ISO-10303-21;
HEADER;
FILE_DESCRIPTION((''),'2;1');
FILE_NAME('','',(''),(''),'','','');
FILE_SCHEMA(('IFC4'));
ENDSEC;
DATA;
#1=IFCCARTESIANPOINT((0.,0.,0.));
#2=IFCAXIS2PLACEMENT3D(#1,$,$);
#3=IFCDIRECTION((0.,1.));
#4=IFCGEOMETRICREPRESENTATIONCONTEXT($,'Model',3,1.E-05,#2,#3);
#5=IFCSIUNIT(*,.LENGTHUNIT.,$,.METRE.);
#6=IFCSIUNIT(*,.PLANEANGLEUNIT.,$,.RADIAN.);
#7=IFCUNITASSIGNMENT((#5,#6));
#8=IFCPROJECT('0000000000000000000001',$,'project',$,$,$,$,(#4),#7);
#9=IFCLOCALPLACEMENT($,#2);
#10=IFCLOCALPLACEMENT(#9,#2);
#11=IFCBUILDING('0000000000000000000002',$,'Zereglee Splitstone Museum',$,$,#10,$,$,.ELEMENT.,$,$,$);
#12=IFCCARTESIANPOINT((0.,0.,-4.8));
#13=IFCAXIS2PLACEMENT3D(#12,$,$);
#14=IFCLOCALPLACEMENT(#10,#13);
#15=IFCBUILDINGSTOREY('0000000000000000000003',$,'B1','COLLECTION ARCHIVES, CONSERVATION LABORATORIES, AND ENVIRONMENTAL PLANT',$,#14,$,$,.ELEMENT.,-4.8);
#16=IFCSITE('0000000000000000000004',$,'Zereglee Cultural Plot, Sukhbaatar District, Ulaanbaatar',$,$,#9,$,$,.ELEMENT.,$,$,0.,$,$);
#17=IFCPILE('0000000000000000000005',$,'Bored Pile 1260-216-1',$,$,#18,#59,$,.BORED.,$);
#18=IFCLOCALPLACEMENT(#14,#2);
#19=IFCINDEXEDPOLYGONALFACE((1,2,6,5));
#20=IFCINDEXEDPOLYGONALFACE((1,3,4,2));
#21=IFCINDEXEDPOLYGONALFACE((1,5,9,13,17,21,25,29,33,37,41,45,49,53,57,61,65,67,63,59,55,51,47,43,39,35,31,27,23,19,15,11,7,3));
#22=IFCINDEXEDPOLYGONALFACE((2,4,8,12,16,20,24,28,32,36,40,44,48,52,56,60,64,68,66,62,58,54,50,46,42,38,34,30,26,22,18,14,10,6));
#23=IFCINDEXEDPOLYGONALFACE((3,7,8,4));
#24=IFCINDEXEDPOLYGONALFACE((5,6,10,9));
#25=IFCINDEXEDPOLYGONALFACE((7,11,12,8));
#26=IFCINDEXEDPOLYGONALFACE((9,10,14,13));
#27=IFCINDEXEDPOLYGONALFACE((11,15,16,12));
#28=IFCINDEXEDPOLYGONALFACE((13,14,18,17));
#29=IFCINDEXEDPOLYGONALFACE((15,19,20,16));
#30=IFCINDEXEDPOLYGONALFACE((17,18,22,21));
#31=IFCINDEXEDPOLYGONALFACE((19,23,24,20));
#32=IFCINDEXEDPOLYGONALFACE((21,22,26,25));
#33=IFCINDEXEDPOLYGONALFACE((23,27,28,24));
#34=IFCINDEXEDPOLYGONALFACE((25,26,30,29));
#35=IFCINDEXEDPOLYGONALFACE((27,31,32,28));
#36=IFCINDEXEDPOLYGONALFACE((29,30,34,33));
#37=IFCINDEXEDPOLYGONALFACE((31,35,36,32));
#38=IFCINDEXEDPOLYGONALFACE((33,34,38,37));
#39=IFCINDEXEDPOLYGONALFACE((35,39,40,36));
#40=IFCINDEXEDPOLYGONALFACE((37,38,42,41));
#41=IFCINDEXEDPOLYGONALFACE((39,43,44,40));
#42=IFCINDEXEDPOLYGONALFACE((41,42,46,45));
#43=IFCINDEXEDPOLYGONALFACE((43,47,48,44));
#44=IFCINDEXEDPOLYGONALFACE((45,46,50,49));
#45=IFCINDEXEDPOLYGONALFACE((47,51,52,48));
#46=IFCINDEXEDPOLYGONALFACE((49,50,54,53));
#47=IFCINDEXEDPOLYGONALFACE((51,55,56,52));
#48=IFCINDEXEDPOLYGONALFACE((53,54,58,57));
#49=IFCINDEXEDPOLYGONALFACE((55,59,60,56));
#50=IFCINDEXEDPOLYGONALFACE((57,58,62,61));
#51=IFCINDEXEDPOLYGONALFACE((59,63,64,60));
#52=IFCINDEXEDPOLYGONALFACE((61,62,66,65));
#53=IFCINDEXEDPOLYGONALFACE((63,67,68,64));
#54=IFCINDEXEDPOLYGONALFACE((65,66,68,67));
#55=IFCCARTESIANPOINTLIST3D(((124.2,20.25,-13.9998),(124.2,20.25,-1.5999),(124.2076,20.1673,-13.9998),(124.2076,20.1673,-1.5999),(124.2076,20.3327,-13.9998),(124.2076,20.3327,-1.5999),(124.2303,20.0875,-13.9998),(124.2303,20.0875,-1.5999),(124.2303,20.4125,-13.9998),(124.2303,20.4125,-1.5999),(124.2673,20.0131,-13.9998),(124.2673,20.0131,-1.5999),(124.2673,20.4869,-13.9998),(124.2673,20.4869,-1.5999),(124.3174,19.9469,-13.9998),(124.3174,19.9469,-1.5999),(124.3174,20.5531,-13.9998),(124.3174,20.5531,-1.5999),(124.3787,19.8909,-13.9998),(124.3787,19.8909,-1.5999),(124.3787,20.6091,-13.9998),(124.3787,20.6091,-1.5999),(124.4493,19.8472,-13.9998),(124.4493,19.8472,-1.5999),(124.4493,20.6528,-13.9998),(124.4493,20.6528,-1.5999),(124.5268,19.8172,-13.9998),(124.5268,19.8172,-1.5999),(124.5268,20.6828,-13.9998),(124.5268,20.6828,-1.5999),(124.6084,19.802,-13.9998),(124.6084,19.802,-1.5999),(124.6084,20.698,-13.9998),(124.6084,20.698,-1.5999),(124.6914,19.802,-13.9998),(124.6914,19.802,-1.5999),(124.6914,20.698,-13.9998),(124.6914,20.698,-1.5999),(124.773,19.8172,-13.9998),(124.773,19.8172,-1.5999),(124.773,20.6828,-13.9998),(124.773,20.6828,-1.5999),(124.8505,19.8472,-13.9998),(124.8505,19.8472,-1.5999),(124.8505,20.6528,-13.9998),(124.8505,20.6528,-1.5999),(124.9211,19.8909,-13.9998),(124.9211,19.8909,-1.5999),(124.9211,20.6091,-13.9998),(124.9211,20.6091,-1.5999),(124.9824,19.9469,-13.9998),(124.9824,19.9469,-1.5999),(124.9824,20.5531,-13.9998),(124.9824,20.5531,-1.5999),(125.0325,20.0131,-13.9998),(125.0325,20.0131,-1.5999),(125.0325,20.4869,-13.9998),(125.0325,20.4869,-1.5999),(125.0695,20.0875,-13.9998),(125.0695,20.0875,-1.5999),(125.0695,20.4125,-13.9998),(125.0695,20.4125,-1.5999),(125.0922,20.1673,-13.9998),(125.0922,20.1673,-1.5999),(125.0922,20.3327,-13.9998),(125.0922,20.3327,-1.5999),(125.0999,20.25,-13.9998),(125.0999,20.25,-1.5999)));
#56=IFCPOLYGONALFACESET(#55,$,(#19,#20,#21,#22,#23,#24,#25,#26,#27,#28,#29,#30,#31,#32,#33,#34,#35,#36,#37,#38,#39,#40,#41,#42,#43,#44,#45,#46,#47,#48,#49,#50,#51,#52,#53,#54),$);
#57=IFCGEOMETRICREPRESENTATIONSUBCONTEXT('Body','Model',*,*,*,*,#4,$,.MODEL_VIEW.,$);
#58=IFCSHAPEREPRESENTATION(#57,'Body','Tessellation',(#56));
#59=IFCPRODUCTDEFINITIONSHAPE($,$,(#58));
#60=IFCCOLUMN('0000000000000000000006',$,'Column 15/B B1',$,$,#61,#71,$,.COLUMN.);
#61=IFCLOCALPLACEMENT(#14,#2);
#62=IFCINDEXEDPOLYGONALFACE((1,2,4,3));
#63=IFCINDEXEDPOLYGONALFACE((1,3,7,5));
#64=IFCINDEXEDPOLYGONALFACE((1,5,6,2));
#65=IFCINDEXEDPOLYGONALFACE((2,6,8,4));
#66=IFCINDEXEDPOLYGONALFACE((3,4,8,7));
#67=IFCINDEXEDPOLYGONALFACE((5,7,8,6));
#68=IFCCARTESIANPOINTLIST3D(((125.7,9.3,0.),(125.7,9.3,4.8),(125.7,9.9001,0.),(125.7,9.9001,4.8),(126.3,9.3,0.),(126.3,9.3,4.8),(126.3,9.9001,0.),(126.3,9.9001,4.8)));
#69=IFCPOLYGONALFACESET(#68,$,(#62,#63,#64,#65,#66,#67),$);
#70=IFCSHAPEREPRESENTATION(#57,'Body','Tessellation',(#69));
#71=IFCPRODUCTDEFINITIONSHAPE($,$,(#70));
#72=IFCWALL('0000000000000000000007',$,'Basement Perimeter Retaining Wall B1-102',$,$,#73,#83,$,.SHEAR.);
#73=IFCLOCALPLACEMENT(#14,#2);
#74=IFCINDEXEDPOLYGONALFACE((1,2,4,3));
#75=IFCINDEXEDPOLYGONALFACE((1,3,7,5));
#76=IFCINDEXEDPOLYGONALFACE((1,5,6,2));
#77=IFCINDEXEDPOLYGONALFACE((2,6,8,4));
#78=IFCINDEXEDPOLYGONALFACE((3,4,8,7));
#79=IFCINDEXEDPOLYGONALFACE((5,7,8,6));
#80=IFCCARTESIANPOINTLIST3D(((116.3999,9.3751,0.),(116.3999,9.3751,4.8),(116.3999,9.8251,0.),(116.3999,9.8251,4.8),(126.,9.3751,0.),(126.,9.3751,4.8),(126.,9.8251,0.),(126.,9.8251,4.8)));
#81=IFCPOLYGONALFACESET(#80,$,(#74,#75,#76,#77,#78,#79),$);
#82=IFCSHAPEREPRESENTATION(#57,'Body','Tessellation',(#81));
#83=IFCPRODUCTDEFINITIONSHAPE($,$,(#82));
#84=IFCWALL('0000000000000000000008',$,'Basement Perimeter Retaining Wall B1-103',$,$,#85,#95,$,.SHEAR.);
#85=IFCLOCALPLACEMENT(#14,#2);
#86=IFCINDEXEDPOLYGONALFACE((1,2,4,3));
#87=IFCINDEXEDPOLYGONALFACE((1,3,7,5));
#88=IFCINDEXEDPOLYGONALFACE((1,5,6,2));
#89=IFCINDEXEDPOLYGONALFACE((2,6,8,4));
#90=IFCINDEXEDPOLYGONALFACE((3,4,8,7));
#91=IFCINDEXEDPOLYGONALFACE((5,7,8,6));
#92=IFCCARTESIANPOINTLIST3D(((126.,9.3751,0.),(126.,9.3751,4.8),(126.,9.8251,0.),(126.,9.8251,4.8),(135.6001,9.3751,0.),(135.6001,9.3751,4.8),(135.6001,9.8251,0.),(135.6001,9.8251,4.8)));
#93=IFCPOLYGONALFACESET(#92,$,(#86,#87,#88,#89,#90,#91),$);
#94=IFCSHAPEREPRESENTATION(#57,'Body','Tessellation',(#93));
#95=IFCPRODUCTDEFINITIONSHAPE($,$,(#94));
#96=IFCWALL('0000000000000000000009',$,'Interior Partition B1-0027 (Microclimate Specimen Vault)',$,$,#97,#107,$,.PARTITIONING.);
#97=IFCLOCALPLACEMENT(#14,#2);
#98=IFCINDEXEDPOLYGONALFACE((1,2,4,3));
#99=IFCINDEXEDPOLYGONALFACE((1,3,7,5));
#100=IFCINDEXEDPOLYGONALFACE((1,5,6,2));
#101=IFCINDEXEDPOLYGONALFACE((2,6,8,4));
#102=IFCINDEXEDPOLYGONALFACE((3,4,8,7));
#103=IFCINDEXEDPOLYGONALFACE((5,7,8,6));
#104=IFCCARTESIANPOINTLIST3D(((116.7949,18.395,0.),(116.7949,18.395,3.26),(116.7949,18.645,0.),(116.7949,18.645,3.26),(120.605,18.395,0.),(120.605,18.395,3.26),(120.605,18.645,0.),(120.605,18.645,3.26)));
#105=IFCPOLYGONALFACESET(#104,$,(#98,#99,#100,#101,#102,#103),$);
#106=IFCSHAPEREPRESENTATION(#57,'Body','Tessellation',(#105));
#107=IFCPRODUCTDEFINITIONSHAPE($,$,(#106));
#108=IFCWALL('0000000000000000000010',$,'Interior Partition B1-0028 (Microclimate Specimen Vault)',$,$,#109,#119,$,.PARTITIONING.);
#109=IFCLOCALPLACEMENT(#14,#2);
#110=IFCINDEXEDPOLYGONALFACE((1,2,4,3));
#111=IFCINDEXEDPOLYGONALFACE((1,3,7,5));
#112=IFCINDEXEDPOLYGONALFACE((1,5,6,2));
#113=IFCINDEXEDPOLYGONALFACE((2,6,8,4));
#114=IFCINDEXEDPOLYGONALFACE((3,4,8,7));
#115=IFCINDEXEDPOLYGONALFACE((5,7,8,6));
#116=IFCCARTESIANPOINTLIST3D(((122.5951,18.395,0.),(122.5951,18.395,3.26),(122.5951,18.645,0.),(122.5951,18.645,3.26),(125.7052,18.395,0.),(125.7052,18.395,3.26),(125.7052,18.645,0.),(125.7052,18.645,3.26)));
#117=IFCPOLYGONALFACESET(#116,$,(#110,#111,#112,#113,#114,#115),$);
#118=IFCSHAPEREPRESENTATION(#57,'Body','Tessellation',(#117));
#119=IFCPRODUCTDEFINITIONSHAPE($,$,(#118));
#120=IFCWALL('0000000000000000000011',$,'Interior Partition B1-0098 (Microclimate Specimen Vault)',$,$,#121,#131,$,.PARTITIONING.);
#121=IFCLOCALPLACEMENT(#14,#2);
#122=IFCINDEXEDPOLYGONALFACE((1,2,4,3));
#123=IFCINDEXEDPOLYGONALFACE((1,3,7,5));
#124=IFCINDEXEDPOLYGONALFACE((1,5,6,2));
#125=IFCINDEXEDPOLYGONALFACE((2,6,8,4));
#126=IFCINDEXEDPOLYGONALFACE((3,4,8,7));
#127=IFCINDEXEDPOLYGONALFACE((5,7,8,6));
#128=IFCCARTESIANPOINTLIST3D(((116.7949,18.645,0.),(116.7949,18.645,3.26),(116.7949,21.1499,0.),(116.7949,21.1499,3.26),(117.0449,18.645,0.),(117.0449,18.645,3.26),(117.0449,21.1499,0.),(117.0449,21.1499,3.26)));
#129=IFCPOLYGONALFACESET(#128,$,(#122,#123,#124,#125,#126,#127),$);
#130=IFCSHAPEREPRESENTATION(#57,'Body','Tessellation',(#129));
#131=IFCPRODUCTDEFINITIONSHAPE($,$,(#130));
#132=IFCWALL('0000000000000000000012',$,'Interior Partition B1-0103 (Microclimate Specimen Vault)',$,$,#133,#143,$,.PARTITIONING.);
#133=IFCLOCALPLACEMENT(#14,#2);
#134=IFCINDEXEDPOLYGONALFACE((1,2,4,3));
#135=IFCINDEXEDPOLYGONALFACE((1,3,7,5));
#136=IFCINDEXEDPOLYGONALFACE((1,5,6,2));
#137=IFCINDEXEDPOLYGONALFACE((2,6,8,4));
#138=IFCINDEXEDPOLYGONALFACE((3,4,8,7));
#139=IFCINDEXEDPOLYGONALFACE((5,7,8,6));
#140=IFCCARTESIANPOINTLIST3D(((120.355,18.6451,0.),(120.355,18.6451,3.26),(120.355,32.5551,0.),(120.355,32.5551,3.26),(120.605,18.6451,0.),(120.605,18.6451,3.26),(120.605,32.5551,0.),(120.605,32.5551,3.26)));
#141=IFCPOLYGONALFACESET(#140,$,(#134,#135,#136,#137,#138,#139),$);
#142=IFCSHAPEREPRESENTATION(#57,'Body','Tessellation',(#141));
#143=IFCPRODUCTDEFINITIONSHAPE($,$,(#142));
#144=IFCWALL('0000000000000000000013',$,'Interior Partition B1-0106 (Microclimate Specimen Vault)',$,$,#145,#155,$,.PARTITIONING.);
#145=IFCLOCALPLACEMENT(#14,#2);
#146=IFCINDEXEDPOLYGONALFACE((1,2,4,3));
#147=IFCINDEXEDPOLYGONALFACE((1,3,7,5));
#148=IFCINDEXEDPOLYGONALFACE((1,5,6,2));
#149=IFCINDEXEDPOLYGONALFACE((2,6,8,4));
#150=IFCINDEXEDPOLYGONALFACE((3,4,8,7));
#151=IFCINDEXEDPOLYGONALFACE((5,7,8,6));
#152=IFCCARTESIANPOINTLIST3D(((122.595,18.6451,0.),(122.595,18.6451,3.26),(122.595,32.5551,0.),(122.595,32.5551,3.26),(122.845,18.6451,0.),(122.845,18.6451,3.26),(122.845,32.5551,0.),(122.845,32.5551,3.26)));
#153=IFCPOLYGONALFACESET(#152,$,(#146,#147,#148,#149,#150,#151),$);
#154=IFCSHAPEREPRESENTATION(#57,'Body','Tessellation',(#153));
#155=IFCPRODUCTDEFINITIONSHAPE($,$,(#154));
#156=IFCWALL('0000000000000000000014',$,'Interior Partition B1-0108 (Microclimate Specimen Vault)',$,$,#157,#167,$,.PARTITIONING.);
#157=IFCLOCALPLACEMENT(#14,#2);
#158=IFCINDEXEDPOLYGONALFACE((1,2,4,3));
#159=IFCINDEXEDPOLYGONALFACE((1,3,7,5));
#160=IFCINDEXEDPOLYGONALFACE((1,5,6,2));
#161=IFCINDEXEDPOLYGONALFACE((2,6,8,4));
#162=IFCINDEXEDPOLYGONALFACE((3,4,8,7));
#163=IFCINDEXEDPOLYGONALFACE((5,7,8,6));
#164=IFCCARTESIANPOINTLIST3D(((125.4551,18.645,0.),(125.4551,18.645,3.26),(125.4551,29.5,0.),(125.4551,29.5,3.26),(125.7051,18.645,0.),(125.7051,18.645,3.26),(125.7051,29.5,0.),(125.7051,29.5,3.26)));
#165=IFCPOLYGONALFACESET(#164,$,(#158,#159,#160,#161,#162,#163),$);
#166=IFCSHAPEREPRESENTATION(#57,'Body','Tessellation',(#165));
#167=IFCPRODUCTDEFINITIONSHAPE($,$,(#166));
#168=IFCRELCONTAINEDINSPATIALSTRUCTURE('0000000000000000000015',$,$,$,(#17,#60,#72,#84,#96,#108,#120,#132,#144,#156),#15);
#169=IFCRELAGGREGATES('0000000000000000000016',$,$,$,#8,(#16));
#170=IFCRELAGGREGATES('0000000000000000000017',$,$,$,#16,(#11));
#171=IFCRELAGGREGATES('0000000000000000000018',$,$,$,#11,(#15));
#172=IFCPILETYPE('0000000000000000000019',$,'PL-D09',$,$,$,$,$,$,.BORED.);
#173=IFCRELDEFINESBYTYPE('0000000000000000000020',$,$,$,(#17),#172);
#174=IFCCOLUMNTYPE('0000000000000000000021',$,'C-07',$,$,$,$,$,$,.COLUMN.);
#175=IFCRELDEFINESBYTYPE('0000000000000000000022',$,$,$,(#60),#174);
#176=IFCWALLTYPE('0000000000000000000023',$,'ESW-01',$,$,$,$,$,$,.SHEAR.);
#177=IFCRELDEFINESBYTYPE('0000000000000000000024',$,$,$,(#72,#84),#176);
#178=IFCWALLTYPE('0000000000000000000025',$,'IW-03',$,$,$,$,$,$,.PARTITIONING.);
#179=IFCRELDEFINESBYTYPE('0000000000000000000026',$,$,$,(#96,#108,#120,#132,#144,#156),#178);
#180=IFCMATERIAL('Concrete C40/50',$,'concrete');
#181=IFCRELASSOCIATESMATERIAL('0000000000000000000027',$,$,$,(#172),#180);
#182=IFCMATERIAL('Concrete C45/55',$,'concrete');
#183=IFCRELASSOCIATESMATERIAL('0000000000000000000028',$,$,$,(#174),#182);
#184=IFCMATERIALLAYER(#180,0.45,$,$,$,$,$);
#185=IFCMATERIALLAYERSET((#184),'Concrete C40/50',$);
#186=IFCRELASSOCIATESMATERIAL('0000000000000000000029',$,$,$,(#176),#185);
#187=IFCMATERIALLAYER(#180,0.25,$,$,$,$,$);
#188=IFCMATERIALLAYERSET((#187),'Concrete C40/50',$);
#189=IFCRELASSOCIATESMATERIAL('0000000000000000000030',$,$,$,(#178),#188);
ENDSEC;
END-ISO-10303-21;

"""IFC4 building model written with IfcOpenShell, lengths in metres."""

from ifc_helpers import new_model, si_unit, direction, frame, frame_2d, origin, origin_2d, place, context, subcontext, project, spatial, rectangle, circle, extrude, material, layer, layer_set, material_profile, profile_set, type_object, element, save


model = new_model("IFC4")

# Units and contexts
model_context = context("Model", 3, precision=1e-05, world=origin(), true_north=direction((0.0, 1.0)))
body_context = subcontext(model_context, "Body", "Model", "MODEL_VIEW")
ifc_project = project(units=[si_unit("LENGTHUNIT", "METRE"), si_unit("PLANEANGLEUNIT", "RADIAN")], contexts=[model_context])

# Site, building, storey
site_placement = place(None, origin())
site = spatial("IfcSite", under=ifc_project, at=site_placement, Name="Zereglee Cultural Plot, Sukhbaatar District, Ulaanbaatar", CompositionType="ELEMENT", RefElevation=0.0)
building_placement = place(site_placement, origin())
building = spatial("IfcBuilding", under=site, at=building_placement, Name="Zereglee Splitstone Museum", CompositionType="ELEMENT")
storey_placement = place(building_placement, frame((0.0, 0.0, -4.8)))
storey = spatial("IfcBuildingStorey", under=building, at=storey_placement, Name="B1", Description="COLLECTION ARCHIVES, CONSERVATION LABORATORIES, AND ENVIRONMENTAL PLANT", CompositionType="ELEMENT", Elevation=-4.8)

# Shared definitions
ifc_material_1 = material(Name="Concrete C40/50", Category="concrete")

# Pile
ifc_material_profile_1 = material_profile(ifc_material_1, circle(Radius=0.45, at=origin_2d()), Name="PILE D900")
ifc_profile_set_1 = profile_set([ifc_material_profile_1], Name="Concrete C40/50")
pile_type = type_object("IfcPileType", Name="PL-D09", PredefinedType="BORED", material=ifc_profile_set_1)
pile_placement = place(storey_placement, frame((124.6499, 20.25, -1.5999), z_axis=(0.0, 0.0, -1.0), x_axis=(1.0, 0.0, 0.0)))
element("IfcPile", 1, at=pile_placement, inside=storey, type_object=pile_type, Name="Bored Pile 1260-216-1", PredefinedType="BORED", context=body_context, shape_type="SweptSolid", body=[
    extrude(circle(Radius=0.45, at=origin_2d()), origin(), (0.0, 0.0, 1.0), 12.3999),
])

# Column
ifc_material_2 = material(Name="Concrete C45/55", Category="concrete")
ifc_material_profile_2 = material_profile(ifc_material_2, rectangle(XDim=0.6001, YDim=0.6001, at=origin_2d()), Name="RC 600x600")
ifc_profile_set_2 = profile_set([ifc_material_profile_2], Name="Concrete C45/55")
column_type = type_object("IfcColumnType", Name="C-07", PredefinedType="COLUMN", material=ifc_profile_set_2)
column_placement = place(storey_placement, frame((126.0, 9.6001, 0.0), z_axis=(0.0, 0.0, 1.0), x_axis=(1.0, 0.0, 0.0)))
element("IfcColumn", 2, at=column_placement, inside=storey, type_object=column_type, Name="Column 15/B B1", PredefinedType="COLUMN", context=body_context, shape_type="SweptSolid", body=[
    extrude(rectangle(XDim=0.6001, YDim=0.6001, at=origin_2d()), origin(), (0.0, 0.0, 1.0), 4.8),
])

# Walls
ifc_layer_1 = layer(ifc_material_1, 0.45)
ifc_layer_set_1 = layer_set([ifc_layer_1], Name="Concrete C40/50")
wall_type_1 = type_object("IfcWallType", Name="ESW-01", PredefinedType="SHEAR", material=ifc_layer_set_1)
for number, where, z_axis, x_axis, name in (
    (3, (116.3999, 9.6001, 0.0), (0.0, 0.0, 1.0), (1.0, 0.0, 0.0), "Basement Perimeter Retaining Wall B1-102"),
    (4, (126.0, 9.6001, 0.0), (0.0, 0.0, 1.0), (1.0, 0.0, 0.0), "Basement Perimeter Retaining Wall B1-103"),
):
    element("IfcWall", number, at=place(storey_placement, frame(where, z_axis=z_axis, x_axis=x_axis)), inside=storey, type_object=wall_type_1, Name=name, PredefinedType="SHEAR", context=body_context, shape_type="SweptSolid", body=[
        extrude(rectangle(XDim=9.6001, YDim=0.45, at=frame_2d((4.8, 0.0))), origin(), (0.0, 0.0, 1.0), 4.8),
    ])
ifc_layer_2 = layer(ifc_material_1, 0.25)
ifc_layer_set_2 = layer_set([ifc_layer_2], Name="Concrete C40/50")
wall_type_2 = type_object("IfcWallType", Name="IW-03", PredefinedType="PARTITIONING", material=ifc_layer_set_2)
wall_1_placement = place(storey_placement, frame((116.7949, 18.52, 0.0), z_axis=(0.0, 0.0, 1.0), x_axis=(1.0, 0.0, 0.0)))
element("IfcWall", 5, at=wall_1_placement, inside=storey, type_object=wall_type_2, Name="Interior Partition B1-0027 (Microclimate Specimen Vault)", PredefinedType="PARTITIONING", context=body_context, shape_type="SweptSolid", body=[
    extrude(rectangle(XDim=3.8101, YDim=0.25, at=frame_2d((1.905, 0.0))), origin(), (0.0, 0.0, 1.0), 3.26),
])
wall_2_placement = place(storey_placement, frame((122.595, 18.52, 0.0), z_axis=(0.0, 0.0, 1.0), x_axis=(1.0, 0.0, 0.0)))
element("IfcWall", 6, at=wall_2_placement, inside=storey, type_object=wall_type_2, Name="Interior Partition B1-0028 (Microclimate Specimen Vault)", PredefinedType="PARTITIONING", context=body_context, shape_type="SweptSolid", body=[
    extrude(rectangle(XDim=3.1101, YDim=0.25, at=frame_2d((1.5552, 0.0))), origin(), (0.0, 0.0, 1.0), 3.26),
])
wall_3_placement = place(storey_placement, frame((116.9199, 18.645, 0.0), z_axis=(0.0, 0.0, 1.0), x_axis=(0.0, 1.0, 0.0)))
element("IfcWall", 7, at=wall_3_placement, inside=storey, type_object=wall_type_2, Name="Interior Partition B1-0098 (Microclimate Specimen Vault)", PredefinedType="PARTITIONING", context=body_context, shape_type="SweptSolid", body=[
    extrude(rectangle(XDim=2.5049, YDim=0.25, at=frame_2d((1.2524, 0.0))), origin(), (0.0, 0.0, 1.0), 3.26),
])
for number, where, z_axis, x_axis, name in (
    (8, (120.48, 18.645, 0.0), (0.0, 0.0, 1.0), (0.0, 1.0, 0.0), "Interior Partition B1-0103 (Microclimate Specimen Vault)"),
    (9, (122.72, 18.645, 0.0), (0.0, 0.0, 1.0), (0.0, 1.0, 0.0), "Interior Partition B1-0106 (Microclimate Specimen Vault)"),
):
    element("IfcWall", number, at=place(storey_placement, frame(where, z_axis=z_axis, x_axis=x_axis)), inside=storey, type_object=wall_type_2, Name=name, PredefinedType="PARTITIONING", context=body_context, shape_type="SweptSolid", body=[
        extrude(rectangle(XDim=13.9099, YDim=0.25, at=frame_2d((6.9551, 0.0))), origin(), (0.0, 0.0, 1.0), 3.26),
    ])
wall_4_placement = place(storey_placement, frame((125.5801, 18.645, 0.0), z_axis=(0.0, 0.0, 1.0), x_axis=(0.0, 1.0, 0.0)))
element("IfcWall", 10, at=wall_4_placement, inside=storey, type_object=wall_type_2, Name="Interior Partition B1-0108 (Microclimate Specimen Vault)", PredefinedType="PARTITIONING", context=body_context, shape_type="SweptSolid", body=[
    extrude(rectangle(XDim=10.855, YDim=0.25, at=frame_2d((5.4275, 0.0))), origin(), (0.0, 0.0, 1.0), 3.26),
])

save(model, "model.ifc")
